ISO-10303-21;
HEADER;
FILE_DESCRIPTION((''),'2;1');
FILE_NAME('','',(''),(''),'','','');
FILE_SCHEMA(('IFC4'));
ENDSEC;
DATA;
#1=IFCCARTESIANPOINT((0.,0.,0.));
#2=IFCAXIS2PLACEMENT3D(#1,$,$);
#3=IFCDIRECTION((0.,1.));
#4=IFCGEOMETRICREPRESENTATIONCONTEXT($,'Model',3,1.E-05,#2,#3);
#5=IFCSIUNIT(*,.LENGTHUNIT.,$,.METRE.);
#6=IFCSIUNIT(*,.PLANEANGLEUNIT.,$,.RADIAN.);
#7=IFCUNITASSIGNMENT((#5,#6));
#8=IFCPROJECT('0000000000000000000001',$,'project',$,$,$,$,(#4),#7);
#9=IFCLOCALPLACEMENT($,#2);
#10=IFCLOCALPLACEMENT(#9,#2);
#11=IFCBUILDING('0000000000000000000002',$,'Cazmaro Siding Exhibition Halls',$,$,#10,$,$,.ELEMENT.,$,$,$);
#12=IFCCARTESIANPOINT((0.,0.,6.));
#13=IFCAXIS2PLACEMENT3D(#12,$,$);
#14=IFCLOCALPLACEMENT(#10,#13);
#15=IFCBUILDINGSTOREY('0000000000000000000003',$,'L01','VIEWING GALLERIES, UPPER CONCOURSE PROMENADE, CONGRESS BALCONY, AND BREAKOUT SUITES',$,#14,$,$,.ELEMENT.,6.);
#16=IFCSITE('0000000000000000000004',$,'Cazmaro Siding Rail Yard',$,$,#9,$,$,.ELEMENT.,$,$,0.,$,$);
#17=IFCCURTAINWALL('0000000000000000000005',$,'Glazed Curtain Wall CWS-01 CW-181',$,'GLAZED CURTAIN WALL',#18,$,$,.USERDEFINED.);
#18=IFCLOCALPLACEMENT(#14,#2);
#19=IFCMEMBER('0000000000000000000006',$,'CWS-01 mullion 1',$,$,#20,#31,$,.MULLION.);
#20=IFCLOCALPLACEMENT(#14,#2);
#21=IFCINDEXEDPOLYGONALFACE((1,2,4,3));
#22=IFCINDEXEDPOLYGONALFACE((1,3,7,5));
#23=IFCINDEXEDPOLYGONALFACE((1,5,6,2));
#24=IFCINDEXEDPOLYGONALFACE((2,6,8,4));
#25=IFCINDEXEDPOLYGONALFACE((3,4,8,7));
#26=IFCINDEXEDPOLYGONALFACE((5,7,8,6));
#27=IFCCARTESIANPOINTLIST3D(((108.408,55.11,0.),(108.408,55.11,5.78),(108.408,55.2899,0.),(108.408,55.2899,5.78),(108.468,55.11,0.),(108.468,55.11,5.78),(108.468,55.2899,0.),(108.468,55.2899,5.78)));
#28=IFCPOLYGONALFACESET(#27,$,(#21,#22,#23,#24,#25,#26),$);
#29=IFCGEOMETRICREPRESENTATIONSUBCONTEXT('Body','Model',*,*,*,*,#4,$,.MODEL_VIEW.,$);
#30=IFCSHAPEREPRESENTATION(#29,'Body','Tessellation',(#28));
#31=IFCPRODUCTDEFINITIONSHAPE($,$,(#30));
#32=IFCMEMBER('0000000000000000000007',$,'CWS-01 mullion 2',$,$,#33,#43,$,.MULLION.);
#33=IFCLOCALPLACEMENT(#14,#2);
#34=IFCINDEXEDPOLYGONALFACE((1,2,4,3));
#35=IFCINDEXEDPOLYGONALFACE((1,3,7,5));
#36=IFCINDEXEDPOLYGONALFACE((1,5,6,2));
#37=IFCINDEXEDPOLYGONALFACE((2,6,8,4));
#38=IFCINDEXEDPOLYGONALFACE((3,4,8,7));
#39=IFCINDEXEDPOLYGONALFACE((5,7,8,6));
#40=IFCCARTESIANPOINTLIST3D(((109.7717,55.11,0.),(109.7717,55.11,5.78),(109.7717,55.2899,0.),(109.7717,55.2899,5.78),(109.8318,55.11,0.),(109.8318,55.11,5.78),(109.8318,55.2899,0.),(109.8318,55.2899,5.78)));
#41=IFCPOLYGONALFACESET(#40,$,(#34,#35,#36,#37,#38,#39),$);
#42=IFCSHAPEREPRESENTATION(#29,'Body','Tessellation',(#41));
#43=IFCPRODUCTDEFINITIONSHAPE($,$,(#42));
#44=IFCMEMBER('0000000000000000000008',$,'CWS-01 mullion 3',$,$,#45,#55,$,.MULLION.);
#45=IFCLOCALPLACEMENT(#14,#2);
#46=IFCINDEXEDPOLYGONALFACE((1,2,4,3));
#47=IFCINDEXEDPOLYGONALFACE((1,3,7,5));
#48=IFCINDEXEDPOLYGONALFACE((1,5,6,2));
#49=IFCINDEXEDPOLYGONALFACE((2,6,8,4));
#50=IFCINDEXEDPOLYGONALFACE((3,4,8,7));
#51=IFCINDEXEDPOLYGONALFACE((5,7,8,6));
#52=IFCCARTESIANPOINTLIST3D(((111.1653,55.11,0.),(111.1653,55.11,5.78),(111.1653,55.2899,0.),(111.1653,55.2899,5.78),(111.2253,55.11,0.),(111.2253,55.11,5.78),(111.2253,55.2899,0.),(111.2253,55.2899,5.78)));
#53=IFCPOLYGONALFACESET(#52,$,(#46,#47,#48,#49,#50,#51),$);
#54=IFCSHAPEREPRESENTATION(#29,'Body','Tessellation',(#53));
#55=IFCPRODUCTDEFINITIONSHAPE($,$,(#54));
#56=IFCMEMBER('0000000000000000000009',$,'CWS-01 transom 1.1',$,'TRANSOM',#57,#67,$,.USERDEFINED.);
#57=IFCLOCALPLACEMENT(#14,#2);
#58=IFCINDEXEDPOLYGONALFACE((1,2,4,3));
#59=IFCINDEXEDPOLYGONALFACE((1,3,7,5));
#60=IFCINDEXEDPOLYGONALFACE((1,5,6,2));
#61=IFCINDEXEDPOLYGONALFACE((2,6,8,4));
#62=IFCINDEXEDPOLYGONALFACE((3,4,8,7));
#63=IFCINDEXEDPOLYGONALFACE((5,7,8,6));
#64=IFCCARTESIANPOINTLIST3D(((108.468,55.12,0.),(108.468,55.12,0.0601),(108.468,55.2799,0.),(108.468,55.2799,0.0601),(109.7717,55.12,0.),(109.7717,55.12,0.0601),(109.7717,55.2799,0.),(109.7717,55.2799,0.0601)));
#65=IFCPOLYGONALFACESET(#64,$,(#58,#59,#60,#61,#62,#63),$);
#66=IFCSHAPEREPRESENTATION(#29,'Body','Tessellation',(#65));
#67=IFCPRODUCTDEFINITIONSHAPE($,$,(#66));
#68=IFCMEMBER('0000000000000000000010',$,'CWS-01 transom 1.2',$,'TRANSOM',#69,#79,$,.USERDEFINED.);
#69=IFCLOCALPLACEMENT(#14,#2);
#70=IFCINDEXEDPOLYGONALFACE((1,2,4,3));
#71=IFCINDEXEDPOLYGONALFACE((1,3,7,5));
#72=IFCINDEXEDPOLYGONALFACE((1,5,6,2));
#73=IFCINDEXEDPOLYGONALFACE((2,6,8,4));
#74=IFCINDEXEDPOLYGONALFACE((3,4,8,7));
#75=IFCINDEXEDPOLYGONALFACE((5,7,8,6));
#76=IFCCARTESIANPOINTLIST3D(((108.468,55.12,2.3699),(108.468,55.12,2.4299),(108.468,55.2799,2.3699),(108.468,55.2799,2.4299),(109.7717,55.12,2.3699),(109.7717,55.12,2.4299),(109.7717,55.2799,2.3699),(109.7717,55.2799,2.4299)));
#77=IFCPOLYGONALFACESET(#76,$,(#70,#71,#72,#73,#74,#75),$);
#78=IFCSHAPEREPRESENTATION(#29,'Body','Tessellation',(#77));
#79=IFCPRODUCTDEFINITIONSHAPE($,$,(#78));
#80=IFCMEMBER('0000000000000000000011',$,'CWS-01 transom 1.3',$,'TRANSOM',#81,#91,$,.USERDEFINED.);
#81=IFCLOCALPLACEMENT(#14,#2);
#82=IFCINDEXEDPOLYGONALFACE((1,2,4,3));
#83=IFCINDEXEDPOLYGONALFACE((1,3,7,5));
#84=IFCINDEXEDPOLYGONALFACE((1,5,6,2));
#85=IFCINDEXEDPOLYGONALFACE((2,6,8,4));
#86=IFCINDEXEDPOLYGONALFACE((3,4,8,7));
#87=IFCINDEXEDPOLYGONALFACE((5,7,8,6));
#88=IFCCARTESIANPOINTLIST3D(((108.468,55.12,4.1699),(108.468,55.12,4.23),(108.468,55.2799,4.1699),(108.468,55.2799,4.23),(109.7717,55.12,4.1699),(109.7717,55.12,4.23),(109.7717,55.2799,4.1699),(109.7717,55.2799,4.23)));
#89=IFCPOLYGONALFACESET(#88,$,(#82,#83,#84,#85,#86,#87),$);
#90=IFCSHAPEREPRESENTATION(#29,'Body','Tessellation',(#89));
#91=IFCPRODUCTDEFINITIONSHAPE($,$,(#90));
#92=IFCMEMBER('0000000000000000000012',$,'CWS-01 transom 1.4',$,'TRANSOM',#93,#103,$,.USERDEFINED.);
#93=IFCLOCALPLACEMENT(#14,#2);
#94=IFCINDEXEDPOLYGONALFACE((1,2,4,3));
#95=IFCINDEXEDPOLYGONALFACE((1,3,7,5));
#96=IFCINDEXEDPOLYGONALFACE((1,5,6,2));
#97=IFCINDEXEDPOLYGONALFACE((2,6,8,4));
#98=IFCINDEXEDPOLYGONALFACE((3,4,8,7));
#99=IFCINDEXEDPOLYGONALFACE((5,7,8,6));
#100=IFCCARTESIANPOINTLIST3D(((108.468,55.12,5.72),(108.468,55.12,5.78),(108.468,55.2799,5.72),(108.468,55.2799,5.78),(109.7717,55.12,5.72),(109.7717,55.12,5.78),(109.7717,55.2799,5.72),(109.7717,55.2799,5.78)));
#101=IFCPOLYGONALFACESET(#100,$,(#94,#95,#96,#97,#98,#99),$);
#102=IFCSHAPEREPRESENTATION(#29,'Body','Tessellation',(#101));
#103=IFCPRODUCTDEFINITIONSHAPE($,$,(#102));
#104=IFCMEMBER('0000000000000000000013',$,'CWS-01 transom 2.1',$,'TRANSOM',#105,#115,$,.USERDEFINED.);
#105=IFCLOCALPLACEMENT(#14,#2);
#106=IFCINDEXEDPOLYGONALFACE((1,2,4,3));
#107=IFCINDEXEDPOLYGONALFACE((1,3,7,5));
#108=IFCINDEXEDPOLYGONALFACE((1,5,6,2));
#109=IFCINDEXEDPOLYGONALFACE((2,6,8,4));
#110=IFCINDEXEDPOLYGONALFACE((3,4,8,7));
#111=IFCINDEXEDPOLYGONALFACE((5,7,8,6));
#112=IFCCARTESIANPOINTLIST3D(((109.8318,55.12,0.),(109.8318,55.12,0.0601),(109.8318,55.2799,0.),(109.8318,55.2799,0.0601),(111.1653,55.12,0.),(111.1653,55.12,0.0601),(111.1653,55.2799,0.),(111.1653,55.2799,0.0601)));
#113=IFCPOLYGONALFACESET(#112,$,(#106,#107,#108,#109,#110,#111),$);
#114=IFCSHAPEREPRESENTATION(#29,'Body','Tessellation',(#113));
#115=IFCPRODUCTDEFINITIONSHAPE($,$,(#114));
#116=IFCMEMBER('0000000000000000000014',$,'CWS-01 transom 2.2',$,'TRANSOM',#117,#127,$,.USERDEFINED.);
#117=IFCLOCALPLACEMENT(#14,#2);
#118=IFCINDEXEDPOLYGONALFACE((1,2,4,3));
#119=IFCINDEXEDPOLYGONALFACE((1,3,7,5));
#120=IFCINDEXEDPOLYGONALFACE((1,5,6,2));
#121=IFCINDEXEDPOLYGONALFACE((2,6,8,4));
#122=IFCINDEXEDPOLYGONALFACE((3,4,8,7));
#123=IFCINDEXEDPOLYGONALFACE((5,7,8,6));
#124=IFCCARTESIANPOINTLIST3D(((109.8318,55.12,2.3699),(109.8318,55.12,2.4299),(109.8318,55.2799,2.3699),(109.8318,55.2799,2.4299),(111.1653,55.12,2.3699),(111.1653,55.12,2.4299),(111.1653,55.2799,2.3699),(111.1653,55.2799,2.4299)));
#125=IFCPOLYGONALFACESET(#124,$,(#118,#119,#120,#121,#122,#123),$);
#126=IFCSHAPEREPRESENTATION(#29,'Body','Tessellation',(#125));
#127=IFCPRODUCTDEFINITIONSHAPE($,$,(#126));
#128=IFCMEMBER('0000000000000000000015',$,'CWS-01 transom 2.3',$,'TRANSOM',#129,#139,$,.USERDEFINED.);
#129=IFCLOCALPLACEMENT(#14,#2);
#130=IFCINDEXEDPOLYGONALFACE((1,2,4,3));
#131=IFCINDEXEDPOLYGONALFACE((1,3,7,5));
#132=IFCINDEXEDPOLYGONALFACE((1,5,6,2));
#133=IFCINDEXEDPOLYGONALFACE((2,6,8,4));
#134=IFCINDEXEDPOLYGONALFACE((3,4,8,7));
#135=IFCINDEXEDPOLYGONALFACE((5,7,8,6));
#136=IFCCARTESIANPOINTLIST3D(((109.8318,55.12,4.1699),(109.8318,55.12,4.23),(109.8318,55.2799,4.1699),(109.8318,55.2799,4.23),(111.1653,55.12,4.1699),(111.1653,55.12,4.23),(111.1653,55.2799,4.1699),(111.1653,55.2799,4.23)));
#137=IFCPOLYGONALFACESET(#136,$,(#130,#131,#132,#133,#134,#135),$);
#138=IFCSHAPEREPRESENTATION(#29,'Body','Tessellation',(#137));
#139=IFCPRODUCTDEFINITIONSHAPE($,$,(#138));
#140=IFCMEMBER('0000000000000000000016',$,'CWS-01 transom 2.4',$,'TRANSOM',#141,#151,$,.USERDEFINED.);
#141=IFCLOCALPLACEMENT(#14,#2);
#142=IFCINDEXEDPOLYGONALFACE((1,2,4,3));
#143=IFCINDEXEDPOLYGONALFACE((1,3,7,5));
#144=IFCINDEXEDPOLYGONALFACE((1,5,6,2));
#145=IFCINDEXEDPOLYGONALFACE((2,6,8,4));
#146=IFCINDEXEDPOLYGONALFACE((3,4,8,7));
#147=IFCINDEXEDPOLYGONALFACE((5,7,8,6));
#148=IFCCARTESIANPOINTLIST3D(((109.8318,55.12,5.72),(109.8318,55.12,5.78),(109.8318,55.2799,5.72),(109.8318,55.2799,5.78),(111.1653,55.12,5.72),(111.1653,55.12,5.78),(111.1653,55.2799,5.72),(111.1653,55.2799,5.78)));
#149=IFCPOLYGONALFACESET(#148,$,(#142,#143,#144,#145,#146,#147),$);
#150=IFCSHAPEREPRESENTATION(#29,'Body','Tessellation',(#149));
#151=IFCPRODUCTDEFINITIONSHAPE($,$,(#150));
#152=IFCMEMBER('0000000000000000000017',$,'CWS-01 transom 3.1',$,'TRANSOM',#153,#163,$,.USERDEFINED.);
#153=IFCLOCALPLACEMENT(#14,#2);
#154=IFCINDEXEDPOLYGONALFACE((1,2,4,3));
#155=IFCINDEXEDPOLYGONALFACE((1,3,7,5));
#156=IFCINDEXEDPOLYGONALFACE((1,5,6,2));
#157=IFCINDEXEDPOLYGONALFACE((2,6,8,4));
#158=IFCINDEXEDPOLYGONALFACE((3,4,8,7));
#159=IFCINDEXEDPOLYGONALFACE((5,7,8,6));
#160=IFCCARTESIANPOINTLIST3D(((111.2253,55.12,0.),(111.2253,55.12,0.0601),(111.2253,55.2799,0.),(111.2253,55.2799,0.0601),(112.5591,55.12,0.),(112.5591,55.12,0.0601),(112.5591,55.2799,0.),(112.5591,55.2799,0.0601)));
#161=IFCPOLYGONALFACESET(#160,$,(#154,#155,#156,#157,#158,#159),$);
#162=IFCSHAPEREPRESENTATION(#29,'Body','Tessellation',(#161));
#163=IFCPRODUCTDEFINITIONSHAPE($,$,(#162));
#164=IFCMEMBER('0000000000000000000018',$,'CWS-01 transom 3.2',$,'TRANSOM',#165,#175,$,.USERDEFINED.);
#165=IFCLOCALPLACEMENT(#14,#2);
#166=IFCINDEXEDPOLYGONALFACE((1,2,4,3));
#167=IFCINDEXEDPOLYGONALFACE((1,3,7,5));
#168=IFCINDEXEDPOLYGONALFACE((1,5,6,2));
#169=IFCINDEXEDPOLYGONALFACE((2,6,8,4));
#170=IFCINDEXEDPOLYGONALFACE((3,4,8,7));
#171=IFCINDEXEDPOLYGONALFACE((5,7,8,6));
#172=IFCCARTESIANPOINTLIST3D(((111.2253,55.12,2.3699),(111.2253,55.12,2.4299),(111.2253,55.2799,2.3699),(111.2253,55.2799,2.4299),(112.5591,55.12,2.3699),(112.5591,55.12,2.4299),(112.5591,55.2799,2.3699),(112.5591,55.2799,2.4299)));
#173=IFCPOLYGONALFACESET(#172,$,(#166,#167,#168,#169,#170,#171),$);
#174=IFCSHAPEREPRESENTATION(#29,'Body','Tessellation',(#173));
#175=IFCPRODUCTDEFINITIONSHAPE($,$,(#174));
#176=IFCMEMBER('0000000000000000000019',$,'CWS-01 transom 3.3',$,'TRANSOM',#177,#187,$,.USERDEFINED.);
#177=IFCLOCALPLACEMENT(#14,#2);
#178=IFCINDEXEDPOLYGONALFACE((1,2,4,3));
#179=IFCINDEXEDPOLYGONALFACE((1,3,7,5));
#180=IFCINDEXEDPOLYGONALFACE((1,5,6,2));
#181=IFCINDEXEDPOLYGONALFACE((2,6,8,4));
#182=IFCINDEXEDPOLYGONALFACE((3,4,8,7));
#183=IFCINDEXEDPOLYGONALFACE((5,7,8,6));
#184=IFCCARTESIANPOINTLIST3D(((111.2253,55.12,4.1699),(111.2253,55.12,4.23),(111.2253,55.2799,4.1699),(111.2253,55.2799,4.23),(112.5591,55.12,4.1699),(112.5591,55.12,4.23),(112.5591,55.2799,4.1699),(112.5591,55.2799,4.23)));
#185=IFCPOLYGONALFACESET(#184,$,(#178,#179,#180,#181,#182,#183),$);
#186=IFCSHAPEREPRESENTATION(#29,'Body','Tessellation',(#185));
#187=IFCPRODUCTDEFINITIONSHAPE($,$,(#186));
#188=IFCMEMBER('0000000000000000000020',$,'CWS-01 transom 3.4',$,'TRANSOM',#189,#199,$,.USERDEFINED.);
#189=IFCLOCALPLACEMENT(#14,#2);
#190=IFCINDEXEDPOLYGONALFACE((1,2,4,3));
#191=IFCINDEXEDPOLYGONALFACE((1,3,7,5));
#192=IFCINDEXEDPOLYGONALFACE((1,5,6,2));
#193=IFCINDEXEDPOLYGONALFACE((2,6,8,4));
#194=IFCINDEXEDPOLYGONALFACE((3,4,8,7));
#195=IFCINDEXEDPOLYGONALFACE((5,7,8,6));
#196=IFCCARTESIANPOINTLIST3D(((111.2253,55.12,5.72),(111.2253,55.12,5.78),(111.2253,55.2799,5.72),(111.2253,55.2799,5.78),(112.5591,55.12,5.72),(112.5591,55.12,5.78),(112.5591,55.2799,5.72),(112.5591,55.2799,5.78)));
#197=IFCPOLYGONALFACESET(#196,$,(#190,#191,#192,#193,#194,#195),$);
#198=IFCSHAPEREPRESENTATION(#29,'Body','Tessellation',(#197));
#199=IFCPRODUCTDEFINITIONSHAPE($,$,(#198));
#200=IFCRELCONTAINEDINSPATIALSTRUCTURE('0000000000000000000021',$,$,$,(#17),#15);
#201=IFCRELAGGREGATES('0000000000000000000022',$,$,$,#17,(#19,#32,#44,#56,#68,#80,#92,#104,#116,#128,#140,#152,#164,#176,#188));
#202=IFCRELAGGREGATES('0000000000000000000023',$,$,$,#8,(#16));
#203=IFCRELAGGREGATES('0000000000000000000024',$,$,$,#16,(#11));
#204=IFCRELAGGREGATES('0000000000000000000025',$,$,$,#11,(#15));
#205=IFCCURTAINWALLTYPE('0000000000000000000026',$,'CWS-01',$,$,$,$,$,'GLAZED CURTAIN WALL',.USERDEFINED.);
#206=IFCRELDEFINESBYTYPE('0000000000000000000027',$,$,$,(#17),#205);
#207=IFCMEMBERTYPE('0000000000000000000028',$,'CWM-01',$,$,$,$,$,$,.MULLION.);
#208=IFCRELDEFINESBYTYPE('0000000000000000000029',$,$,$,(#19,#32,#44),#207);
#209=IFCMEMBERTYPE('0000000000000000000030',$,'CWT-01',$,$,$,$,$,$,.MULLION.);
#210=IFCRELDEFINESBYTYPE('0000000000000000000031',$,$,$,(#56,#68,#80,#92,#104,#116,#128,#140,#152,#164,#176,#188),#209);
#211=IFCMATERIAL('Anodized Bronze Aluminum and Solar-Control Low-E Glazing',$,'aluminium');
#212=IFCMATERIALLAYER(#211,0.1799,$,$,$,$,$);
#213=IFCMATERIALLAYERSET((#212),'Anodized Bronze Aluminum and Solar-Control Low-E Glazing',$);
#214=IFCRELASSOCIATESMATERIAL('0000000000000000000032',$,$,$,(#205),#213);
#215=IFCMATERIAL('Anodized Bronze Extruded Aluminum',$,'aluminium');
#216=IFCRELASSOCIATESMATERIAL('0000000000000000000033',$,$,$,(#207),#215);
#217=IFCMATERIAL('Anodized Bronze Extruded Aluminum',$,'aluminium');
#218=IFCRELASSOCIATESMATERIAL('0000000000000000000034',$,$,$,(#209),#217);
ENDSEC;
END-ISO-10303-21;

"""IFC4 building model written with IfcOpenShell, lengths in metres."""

from ifc_helpers import new_model, si_unit, direction, frame, origin, origin_2d, place, context, subcontext, project, spatial, rectangle, extrude, material, layer, layer_set, material_profile, profile_set, type_object, element, aggregate, save


model = new_model("IFC4")

# Units and contexts
model_context = context("Model", 3, precision=1e-05, world=origin(), true_north=direction((0.0, 1.0)))
body_context = subcontext(model_context, "Body", "Model", "MODEL_VIEW")
ifc_project = project(units=[si_unit("LENGTHUNIT", "METRE"), si_unit("PLANEANGLEUNIT", "RADIAN")], contexts=[model_context])

# Site, building, storey
site_placement = place(None, origin())
site = spatial("IfcSite", under=ifc_project, at=site_placement, Name="Cazmaro Siding Rail Yard", CompositionType="ELEMENT", RefElevation=0.0)
building_placement = place(site_placement, origin())
building = spatial("IfcBuilding", under=site, at=building_placement, Name="Cazmaro Siding Exhibition Halls", CompositionType="ELEMENT")
storey_placement = place(building_placement, frame((0.0, 0.0, 6.0)))
storey = spatial("IfcBuildingStorey", under=building, at=storey_placement, Name="L01", Description="VIEWING GALLERIES, UPPER CONCOURSE PROMENADE, CONGRESS BALCONY, AND BREAKOUT SUITES", CompositionType="ELEMENT", Elevation=6.0)

# Curtain wall, members
ifc_material_1 = material(Name="Anodized Bronze Aluminum and Solar-Control Low-E Glazing", Category="aluminium")
ifc_layer_1 = layer(ifc_material_1, 0.1799)
ifc_layer_set_1 = layer_set([ifc_layer_1], Name="Anodized Bronze Aluminum and Solar-Control Low-E Glazing")
curtain_wall_type = type_object("IfcCurtainWallType", Name="CWS-01", ElementType="GLAZED CURTAIN WALL", PredefinedType="USERDEFINED", material=ifc_layer_set_1)
curtain_wall_placement = place(storey_placement, origin())
curtain_wall = element("IfcCurtainWall", 1, at=curtain_wall_placement, inside=storey, type_object=curtain_wall_type, Name="Glazed Curtain Wall CWS-01 CW-181", ObjectType="GLAZED CURTAIN WALL", PredefinedType="USERDEFINED")
ifc_material_2 = material(Name="Anodized Bronze Extruded Aluminum", Category="aluminium")
ifc_material_profile_1 = material_profile(ifc_material_2, rectangle(XDim=0.1799, YDim=0.0601, at=origin_2d()), Name="CWM-01")
ifc_profile_set_1 = profile_set([ifc_material_profile_1], Name="Anodized Bronze Extruded Aluminum")
member_type_1 = type_object("IfcMemberType", Name="CWM-01", PredefinedType="MULLION", material=ifc_profile_set_1)
member_1_placement = place(storey_placement, frame((108.438, 55.2, 0.0), z_axis=(0.0, 0.0, 1.0), x_axis=(0.0, 1.0, 0.0)))
member_1 = element("IfcMember", 2, at=member_1_placement, type_object=member_type_1, Name="CWS-01 mullion 1", PredefinedType="MULLION", context=body_context, shape_type="SweptSolid", body=[
    extrude(rectangle(XDim=0.1799, YDim=0.0601, at=origin_2d()), origin(), (0.0, 0.0, 1.0), 5.78),
])
member_2_placement = place(storey_placement, frame((109.8018, 55.2, 0.0), z_axis=(0.0, 0.0, 1.0), x_axis=(0.0, 1.0, 0.0)))
member_2 = element("IfcMember", 3, at=member_2_placement, type_object=member_type_1, Name="CWS-01 mullion 2", PredefinedType="MULLION", context=body_context, shape_type="SweptSolid", body=[
    extrude(rectangle(XDim=0.1799, YDim=0.0601, at=origin_2d()), origin(), (0.0, 0.0, 1.0), 5.78),
])
member_3_placement = place(storey_placement, frame((111.1953, 55.2, 0.0), z_axis=(0.0, 0.0, 1.0), x_axis=(0.0, 1.0, 0.0)))
member_3 = element("IfcMember", 4, at=member_3_placement, type_object=member_type_1, Name="CWS-01 mullion 3", PredefinedType="MULLION", context=body_context, shape_type="SweptSolid", body=[
    extrude(rectangle(XDim=0.1799, YDim=0.0601, at=origin_2d()), origin(), (0.0, 0.0, 1.0), 5.78),
])
ifc_material_3 = material(Name="Anodized Bronze Extruded Aluminum", Category="aluminium")
ifc_material_profile_2 = material_profile(ifc_material_3, rectangle(XDim=0.1599, YDim=0.0601, at=origin_2d()), Name="CWT-01")
ifc_profile_set_2 = profile_set([ifc_material_profile_2], Name="Anodized Bronze Extruded Aluminum")
member_type_2 = type_object("IfcMemberType", Name="CWT-01", PredefinedType="MULLION", material=ifc_profile_set_2)
member_4_placement = place(storey_placement, frame((108.468, 55.2, 0.03), z_axis=(1.0, 0.0, 0.0), x_axis=(0.0, 1.0, 0.0)))
member_4 = element("IfcMember", 5, at=member_4_placement, type_object=member_type_2, Name="CWS-01 transom 1.1", ObjectType="TRANSOM", PredefinedType="USERDEFINED", context=body_context, shape_type="SweptSolid", body=[
    extrude(rectangle(XDim=0.1599, YDim=0.0601, at=origin_2d()), origin(), (0.0, 0.0, 1.0), 1.3037),
])
member_5_placement = place(storey_placement, frame((108.468, 55.2, 2.3999), z_axis=(1.0, 0.0, 0.0), x_axis=(0.0, 1.0, 0.0)))
member_5 = element("IfcMember", 6, at=member_5_placement, type_object=member_type_2, Name="CWS-01 transom 1.2", ObjectType="TRANSOM", PredefinedType="USERDEFINED", context=body_context, shape_type="SweptSolid", body=[
    extrude(rectangle(XDim=0.1599, YDim=0.0601, at=origin_2d()), origin(), (0.0, 0.0, 1.0), 1.3037),
])
member_6_placement = place(storey_placement, frame((108.468, 55.2, 4.2), z_axis=(1.0, 0.0, 0.0), x_axis=(0.0, 1.0, 0.0)))
member_6 = element("IfcMember", 7, at=member_6_placement, type_object=member_type_2, Name="CWS-01 transom 1.3", ObjectType="TRANSOM", PredefinedType="USERDEFINED", context=body_context, shape_type="SweptSolid", body=[
    extrude(rectangle(XDim=0.1599, YDim=0.0601, at=origin_2d()), origin(), (0.0, 0.0, 1.0), 1.3037),
])
member_7_placement = place(storey_placement, frame((108.468, 55.2, 5.75), z_axis=(1.0, 0.0, 0.0), x_axis=(0.0, 1.0, 0.0)))
member_7 = element("IfcMember", 8, at=member_7_placement, type_object=member_type_2, Name="CWS-01 transom 1.4", ObjectType="TRANSOM", PredefinedType="USERDEFINED", context=body_context, shape_type="SweptSolid", body=[
    extrude(rectangle(XDim=0.1599, YDim=0.0601, at=origin_2d()), origin(), (0.0, 0.0, 1.0), 1.3037),
])
member_8_placement = place(storey_placement, frame((109.8318, 55.2, 0.03), z_axis=(1.0, 0.0, 0.0), x_axis=(0.0, 1.0, 0.0)))
member_8 = element("IfcMember", 9, at=member_8_placement, type_object=member_type_2, Name="CWS-01 transom 2.1", ObjectType="TRANSOM", PredefinedType="USERDEFINED", context=body_context, shape_type="SweptSolid", body=[
    extrude(rectangle(XDim=0.1599, YDim=0.0601, at=origin_2d()), origin(), (0.0, 0.0, 1.0), 1.3335),
])
member_9_placement = place(storey_placement, frame((109.8318, 55.2, 2.3999), z_axis=(1.0, 0.0, 0.0), x_axis=(0.0, 1.0, 0.0)))
member_9 = element("IfcMember", 10, at=member_9_placement, type_object=member_type_2, Name="CWS-01 transom 2.2", ObjectType="TRANSOM", PredefinedType="USERDEFINED", context=body_context, shape_type="SweptSolid", body=[
    extrude(rectangle(XDim=0.1599, YDim=0.0601, at=origin_2d()), origin(), (0.0, 0.0, 1.0), 1.3335),
])
member_10_placement = place(storey_placement, frame((109.8318, 55.2, 4.2), z_axis=(1.0, 0.0, 0.0), x_axis=(0.0, 1.0, 0.0)))
member_10 = element("IfcMember", 11, at=member_10_placement, type_object=member_type_2, Name="CWS-01 transom 2.3", ObjectType="TRANSOM", PredefinedType="USERDEFINED", context=body_context, shape_type="SweptSolid", body=[
    extrude(rectangle(XDim=0.1599, YDim=0.0601, at=origin_2d()), origin(), (0.0, 0.0, 1.0), 1.3335),
])
member_11_placement = place(storey_placement, frame((109.8318, 55.2, 5.75), z_axis=(1.0, 0.0, 0.0), x_axis=(0.0, 1.0, 0.0)))
member_11 = element("IfcMember", 12, at=member_11_placement, type_object=member_type_2, Name="CWS-01 transom 2.4", ObjectType="TRANSOM", PredefinedType="USERDEFINED", context=body_context, shape_type="SweptSolid", body=[
    extrude(rectangle(XDim=0.1599, YDim=0.0601, at=origin_2d()), origin(), (0.0, 0.0, 1.0), 1.3335),
])
member_12_placement = place(storey_placement, frame((111.2253, 55.2, 0.03), z_axis=(1.0, 0.0, 0.0), x_axis=(0.0, 1.0, 0.0)))
member_12 = element("IfcMember", 13, at=member_12_placement, type_object=member_type_2, Name="CWS-01 transom 3.1", ObjectType="TRANSOM", PredefinedType="USERDEFINED", context=body_context, shape_type="SweptSolid", body=[
    extrude(rectangle(XDim=0.1599, YDim=0.0601, at=origin_2d()), origin(), (0.0, 0.0, 1.0), 1.3337),
])
member_13_placement = place(storey_placement, frame((111.2253, 55.2, 2.3999), z_axis=(1.0, 0.0, 0.0), x_axis=(0.0, 1.0, 0.0)))
member_13 = element("IfcMember", 14, at=member_13_placement, type_object=member_type_2, Name="CWS-01 transom 3.2", ObjectType="TRANSOM", PredefinedType="USERDEFINED", context=body_context, shape_type="SweptSolid", body=[
    extrude(rectangle(XDim=0.1599, YDim=0.0601, at=origin_2d()), origin(), (0.0, 0.0, 1.0), 1.3337),
])
member_14_placement = place(storey_placement, frame((111.2253, 55.2, 4.2), z_axis=(1.0, 0.0, 0.0), x_axis=(0.0, 1.0, 0.0)))
member_14 = element("IfcMember", 15, at=member_14_placement, type_object=member_type_2, Name="CWS-01 transom 3.3", ObjectType="TRANSOM", PredefinedType="USERDEFINED", context=body_context, shape_type="SweptSolid", body=[
    extrude(rectangle(XDim=0.1599, YDim=0.0601, at=origin_2d()), origin(), (0.0, 0.0, 1.0), 1.3337),
])
member_15_placement = place(storey_placement, frame((111.2253, 55.2, 5.75), z_axis=(1.0, 0.0, 0.0), x_axis=(0.0, 1.0, 0.0)))
member_15 = element("IfcMember", 16, at=member_15_placement, type_object=member_type_2, Name="CWS-01 transom 3.4", ObjectType="TRANSOM", PredefinedType="USERDEFINED", context=body_context, shape_type="SweptSolid", body=[
    extrude(rectangle(XDim=0.1599, YDim=0.0601, at=origin_2d()), origin(), (0.0, 0.0, 1.0), 1.3337),
])
aggregate(curtain_wall, [member_1, member_2, member_3, member_4, member_5, member_6, member_7, member_8, member_9, member_10, member_11, member_12, member_13, member_14, member_15])

save(model, "model.ifc")
